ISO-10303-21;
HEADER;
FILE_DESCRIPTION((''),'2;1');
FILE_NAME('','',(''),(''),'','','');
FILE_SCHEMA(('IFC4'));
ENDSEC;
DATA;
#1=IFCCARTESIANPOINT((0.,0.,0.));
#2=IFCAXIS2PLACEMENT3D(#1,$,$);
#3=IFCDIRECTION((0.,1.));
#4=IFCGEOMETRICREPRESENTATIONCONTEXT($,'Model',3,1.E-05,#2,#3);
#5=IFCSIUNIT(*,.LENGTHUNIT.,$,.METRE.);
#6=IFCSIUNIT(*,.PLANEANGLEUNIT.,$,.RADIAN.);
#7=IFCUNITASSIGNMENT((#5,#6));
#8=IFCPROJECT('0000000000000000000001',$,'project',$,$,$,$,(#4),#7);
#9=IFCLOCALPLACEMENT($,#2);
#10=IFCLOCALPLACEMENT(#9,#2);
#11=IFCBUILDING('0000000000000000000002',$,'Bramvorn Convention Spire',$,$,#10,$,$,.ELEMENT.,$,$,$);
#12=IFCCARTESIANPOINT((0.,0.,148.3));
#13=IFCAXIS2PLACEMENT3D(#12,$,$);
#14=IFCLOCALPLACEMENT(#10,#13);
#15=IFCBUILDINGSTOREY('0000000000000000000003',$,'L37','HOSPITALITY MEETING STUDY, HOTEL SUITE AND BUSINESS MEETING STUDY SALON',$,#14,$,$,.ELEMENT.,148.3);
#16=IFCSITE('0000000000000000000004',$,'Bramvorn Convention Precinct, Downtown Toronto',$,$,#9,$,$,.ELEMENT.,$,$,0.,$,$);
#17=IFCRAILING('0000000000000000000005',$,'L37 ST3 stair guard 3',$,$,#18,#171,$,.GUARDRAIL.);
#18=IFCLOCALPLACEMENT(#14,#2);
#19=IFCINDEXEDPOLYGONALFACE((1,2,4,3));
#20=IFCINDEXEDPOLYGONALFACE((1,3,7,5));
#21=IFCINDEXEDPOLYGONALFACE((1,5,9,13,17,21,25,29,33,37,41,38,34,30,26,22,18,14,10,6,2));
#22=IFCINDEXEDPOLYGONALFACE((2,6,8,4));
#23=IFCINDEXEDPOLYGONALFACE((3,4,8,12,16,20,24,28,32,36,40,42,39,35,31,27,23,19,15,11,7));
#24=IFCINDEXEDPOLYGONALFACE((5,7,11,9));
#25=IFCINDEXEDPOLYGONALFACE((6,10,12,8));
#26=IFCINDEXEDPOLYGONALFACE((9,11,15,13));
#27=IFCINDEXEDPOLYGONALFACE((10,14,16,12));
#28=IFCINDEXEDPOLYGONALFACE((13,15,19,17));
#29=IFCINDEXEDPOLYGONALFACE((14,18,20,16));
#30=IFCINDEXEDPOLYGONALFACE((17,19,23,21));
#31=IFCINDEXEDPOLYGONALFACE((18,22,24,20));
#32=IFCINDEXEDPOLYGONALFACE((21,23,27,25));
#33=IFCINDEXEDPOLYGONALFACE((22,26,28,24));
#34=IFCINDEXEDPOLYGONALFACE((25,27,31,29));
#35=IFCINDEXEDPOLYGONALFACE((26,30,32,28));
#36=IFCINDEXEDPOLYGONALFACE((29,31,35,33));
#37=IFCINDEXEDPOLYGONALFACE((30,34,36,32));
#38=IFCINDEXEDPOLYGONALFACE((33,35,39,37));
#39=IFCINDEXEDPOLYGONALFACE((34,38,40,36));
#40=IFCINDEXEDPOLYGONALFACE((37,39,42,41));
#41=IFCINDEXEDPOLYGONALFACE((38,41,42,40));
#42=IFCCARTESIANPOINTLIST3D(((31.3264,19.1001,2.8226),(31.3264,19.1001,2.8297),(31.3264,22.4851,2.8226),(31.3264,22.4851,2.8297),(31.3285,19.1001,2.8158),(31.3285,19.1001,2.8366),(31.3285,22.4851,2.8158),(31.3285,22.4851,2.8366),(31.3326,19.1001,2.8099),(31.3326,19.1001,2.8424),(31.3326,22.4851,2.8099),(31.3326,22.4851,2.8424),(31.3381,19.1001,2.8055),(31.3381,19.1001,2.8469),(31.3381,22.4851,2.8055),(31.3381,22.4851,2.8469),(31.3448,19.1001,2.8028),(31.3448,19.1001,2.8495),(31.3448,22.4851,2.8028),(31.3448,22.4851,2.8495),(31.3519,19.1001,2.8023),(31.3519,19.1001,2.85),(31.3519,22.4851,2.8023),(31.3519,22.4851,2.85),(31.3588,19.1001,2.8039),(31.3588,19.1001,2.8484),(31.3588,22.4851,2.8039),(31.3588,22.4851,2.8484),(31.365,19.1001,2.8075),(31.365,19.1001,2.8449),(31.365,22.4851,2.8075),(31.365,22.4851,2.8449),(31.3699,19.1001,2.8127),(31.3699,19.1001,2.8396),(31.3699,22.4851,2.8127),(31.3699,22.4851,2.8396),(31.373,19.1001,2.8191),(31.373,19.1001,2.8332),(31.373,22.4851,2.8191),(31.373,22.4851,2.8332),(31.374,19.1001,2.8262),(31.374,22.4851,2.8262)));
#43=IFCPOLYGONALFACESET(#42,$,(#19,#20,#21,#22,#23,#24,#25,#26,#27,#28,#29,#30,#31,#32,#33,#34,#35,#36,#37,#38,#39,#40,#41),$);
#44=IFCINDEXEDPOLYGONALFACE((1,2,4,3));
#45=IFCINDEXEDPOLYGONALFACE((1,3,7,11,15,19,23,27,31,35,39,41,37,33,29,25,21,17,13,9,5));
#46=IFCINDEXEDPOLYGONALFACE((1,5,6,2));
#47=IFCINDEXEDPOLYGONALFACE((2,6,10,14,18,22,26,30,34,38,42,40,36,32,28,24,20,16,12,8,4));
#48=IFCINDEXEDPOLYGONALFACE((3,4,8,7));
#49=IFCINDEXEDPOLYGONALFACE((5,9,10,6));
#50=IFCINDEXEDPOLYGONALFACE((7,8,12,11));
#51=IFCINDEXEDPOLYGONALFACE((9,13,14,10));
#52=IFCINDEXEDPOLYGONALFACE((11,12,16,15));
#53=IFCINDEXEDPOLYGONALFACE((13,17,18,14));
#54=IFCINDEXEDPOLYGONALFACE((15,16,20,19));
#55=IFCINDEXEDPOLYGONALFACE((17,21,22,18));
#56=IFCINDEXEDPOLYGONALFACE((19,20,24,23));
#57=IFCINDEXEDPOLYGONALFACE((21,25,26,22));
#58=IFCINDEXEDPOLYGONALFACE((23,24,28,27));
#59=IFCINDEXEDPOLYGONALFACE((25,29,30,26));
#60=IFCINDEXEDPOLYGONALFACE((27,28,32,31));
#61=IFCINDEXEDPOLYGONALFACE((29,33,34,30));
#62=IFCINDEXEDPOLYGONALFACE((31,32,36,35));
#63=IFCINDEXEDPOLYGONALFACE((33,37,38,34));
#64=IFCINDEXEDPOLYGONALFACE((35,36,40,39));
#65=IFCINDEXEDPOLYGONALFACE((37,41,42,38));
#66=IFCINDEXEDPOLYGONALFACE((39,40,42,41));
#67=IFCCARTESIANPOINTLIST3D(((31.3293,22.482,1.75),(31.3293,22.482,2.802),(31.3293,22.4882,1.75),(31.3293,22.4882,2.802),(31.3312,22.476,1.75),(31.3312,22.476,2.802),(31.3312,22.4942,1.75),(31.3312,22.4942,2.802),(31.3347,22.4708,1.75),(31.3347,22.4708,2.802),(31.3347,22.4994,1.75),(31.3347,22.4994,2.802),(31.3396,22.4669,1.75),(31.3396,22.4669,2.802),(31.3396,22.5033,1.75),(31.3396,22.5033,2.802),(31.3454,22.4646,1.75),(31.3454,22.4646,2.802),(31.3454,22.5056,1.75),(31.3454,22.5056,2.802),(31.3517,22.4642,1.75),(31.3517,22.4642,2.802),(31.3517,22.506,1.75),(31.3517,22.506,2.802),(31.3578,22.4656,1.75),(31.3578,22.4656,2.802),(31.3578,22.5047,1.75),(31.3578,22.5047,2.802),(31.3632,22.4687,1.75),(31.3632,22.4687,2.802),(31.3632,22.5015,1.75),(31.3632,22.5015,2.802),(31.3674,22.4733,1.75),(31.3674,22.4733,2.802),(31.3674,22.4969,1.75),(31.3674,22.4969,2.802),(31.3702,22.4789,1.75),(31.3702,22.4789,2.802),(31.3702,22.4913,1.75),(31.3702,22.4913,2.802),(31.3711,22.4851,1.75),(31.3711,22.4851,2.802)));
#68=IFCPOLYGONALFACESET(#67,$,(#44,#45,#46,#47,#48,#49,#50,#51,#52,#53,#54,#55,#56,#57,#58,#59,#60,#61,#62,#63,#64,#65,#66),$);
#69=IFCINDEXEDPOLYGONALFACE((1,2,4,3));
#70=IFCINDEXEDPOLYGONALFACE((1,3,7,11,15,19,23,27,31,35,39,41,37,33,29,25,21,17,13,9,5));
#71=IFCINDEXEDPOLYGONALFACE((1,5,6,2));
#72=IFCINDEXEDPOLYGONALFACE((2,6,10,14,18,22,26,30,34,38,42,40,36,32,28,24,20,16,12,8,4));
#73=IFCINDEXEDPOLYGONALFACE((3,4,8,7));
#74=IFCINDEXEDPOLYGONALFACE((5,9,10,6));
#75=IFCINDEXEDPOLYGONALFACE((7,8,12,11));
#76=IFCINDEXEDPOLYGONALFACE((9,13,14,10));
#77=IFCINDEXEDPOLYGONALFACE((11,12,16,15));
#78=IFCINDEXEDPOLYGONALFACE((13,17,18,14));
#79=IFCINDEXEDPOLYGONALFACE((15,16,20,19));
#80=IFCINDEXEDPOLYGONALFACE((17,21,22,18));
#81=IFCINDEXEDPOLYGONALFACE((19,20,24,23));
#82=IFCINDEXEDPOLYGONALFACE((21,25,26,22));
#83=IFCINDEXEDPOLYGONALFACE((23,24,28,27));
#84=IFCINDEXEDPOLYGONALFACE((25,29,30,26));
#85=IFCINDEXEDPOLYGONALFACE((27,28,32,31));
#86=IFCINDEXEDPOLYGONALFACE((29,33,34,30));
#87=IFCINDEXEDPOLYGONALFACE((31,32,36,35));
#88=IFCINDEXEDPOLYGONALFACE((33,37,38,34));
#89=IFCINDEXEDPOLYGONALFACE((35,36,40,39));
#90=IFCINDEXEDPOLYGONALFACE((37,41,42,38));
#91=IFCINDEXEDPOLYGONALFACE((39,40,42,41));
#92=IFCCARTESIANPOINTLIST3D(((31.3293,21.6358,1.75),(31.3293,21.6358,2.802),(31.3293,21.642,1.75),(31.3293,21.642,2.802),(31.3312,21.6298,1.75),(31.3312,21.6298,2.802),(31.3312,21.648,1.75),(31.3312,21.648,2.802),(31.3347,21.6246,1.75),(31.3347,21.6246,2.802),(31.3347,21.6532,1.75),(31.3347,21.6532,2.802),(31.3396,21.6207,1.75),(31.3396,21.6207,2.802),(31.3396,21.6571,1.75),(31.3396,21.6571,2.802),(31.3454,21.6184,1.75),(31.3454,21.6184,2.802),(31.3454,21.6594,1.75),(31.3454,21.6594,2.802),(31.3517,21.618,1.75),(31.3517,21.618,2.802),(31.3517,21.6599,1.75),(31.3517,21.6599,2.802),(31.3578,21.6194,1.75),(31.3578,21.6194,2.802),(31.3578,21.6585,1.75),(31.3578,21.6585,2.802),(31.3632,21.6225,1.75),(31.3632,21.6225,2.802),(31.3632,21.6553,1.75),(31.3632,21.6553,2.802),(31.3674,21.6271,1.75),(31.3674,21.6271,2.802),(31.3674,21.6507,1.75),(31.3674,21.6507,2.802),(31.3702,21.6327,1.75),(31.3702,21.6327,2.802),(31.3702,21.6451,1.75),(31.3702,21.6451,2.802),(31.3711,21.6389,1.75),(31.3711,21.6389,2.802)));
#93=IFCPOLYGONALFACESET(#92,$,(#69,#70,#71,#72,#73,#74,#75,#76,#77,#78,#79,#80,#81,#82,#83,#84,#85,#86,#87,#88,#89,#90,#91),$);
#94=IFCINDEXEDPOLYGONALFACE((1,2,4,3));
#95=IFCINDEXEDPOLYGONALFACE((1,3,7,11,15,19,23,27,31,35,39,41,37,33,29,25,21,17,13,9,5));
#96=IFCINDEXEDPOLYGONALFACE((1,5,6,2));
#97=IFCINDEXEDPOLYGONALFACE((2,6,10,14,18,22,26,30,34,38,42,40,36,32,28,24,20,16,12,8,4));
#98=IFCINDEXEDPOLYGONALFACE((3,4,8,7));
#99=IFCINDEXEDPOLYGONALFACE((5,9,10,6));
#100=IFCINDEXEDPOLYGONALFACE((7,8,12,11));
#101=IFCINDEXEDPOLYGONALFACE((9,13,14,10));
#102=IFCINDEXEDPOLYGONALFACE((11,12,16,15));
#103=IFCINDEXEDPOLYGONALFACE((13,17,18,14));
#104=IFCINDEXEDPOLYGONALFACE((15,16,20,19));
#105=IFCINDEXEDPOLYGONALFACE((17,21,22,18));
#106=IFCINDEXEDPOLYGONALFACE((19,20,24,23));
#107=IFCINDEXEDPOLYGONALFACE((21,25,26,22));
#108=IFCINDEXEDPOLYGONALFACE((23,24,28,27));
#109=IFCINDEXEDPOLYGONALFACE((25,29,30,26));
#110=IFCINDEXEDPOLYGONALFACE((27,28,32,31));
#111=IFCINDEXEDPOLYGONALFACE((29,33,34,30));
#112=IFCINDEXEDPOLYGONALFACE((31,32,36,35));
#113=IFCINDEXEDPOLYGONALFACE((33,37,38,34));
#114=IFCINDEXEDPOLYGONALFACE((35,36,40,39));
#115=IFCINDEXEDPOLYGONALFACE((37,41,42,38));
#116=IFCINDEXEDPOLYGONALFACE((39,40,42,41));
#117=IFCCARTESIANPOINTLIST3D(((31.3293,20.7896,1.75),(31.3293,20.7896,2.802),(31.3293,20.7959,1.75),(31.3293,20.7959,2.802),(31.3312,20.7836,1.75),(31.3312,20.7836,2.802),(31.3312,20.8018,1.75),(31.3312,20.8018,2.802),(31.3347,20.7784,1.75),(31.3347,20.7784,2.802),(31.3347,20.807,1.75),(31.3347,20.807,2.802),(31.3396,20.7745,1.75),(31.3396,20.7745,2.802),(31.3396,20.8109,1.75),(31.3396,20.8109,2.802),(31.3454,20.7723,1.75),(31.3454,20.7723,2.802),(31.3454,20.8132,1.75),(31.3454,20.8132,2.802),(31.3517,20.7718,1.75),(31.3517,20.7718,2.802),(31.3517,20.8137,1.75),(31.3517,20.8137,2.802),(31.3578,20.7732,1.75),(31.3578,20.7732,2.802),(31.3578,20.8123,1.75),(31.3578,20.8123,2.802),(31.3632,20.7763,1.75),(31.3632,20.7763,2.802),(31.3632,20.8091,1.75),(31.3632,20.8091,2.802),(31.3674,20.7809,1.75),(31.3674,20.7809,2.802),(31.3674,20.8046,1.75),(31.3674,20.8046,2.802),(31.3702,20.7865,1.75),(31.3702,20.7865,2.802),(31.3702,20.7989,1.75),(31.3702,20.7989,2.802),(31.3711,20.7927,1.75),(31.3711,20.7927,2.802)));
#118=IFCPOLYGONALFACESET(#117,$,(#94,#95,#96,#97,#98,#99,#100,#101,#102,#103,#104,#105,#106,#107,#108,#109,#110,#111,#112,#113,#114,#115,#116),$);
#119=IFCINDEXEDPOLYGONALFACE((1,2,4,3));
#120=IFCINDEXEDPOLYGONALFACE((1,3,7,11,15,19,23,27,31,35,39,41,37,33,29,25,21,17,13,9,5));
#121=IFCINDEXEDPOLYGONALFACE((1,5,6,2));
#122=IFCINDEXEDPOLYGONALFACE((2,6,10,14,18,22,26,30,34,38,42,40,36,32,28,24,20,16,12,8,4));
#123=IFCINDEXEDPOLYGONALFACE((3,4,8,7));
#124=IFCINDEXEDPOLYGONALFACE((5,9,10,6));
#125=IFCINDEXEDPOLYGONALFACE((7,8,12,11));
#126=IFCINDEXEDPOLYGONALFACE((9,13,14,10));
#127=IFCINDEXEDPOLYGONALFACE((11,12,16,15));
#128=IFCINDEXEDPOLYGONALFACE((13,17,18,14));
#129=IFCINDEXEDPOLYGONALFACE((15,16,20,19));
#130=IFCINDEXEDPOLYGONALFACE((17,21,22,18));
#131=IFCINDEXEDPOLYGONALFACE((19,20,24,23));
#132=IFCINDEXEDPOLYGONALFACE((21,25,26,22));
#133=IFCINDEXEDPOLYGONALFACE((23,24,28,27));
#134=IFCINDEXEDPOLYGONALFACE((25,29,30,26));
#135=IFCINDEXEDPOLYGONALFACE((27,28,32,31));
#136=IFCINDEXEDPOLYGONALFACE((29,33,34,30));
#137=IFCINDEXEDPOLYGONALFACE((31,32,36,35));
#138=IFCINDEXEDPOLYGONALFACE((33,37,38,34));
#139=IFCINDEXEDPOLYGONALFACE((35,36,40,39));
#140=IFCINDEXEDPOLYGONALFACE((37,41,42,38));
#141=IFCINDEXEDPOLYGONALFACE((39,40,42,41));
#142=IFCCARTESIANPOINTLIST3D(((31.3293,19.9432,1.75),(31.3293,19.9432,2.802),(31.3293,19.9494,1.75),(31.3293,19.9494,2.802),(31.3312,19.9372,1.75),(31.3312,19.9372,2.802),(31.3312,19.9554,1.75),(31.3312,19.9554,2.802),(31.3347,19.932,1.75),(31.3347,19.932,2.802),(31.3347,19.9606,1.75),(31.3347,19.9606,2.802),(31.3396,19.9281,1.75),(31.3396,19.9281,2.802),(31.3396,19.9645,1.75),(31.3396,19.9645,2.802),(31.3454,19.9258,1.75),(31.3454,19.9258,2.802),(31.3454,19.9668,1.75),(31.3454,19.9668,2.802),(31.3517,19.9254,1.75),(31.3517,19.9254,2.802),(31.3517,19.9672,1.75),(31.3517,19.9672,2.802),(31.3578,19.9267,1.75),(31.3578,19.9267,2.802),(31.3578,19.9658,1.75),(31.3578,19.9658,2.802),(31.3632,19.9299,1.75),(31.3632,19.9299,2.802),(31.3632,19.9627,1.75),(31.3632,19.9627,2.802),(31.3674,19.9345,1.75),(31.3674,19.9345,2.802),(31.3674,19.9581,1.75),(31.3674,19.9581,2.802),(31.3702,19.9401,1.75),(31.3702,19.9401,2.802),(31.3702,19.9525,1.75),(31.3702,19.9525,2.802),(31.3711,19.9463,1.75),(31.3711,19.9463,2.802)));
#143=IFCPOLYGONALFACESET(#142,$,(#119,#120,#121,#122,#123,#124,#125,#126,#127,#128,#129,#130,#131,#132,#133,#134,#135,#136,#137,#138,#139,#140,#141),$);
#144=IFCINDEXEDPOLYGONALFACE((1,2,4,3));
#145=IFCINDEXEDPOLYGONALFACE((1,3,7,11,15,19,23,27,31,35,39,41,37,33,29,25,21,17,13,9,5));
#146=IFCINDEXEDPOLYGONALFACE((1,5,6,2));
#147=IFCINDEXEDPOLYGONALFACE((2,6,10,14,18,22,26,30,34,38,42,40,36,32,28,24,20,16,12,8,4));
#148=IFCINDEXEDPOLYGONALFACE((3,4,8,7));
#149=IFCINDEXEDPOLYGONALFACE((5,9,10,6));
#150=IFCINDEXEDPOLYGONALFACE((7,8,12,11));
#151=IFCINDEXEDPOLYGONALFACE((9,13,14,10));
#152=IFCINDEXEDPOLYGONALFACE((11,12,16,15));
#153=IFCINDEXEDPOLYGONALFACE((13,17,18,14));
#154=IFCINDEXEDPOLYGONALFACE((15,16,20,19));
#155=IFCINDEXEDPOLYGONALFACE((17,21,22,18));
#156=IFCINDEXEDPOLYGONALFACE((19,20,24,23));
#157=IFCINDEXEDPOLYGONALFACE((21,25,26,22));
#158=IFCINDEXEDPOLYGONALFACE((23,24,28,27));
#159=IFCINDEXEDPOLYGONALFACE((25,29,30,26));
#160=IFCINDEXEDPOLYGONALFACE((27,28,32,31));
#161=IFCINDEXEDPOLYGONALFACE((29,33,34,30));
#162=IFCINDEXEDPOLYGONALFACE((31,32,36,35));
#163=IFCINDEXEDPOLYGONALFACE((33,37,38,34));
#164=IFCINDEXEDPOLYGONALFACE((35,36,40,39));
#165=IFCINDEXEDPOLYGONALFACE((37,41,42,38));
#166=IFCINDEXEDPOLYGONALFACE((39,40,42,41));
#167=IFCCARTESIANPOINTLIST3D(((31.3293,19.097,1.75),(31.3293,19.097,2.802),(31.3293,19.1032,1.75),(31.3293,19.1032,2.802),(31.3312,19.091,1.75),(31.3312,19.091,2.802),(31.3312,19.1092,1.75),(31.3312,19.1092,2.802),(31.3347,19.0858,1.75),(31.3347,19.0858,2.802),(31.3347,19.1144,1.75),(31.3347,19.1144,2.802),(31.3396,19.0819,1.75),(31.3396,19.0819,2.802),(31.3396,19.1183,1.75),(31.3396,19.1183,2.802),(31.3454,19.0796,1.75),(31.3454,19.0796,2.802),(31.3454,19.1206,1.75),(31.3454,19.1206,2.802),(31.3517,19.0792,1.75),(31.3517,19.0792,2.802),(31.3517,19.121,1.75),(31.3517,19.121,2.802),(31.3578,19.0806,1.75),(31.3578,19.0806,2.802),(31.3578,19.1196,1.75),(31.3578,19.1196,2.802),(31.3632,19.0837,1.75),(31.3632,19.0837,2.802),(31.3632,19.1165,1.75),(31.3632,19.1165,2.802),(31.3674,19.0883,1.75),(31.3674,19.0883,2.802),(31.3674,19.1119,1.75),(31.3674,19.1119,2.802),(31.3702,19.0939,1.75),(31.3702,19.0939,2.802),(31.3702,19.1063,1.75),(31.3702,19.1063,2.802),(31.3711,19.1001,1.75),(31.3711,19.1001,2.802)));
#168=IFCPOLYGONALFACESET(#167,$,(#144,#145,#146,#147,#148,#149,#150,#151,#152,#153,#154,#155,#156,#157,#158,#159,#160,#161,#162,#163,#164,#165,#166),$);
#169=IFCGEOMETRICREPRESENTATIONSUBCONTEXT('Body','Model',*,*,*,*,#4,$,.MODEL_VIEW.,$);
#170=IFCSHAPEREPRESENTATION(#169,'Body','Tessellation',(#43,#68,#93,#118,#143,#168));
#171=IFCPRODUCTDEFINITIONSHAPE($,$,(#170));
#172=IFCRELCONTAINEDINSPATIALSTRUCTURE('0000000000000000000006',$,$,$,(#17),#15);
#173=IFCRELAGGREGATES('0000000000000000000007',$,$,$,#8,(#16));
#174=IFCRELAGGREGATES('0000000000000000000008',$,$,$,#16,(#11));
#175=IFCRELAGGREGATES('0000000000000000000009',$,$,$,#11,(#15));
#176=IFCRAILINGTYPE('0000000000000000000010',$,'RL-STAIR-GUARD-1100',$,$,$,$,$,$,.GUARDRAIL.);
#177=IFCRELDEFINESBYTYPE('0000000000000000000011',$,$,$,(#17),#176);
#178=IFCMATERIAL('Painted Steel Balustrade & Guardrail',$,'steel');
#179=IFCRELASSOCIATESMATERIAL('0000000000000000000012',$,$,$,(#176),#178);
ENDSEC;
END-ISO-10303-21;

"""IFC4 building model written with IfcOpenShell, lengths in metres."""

from ifc_helpers import new_model, si_unit, direction, frame, origin, origin_2d, place, context, subcontext, project, spatial, circle, extrude, material, type_object, element, save


model = new_model("IFC4")

# Units and contexts
model_context = context("Model", 3, precision=1e-05, world=origin(), true_north=direction((0.0, 1.0)))
body_context = subcontext(model_context, "Body", "Model", "MODEL_VIEW")
ifc_project = project(units=[si_unit("LENGTHUNIT", "METRE"), si_unit("PLANEANGLEUNIT", "RADIAN")], contexts=[model_context])

# Site, building, storey
site_placement = place(None, origin())
site = spatial("IfcSite", under=ifc_project, at=site_placement, Name="Bramvorn Convention Precinct, Downtown Toronto", CompositionType="ELEMENT", RefElevation=0.0)
building_placement = place(site_placement, origin())
building = spatial("IfcBuilding", under=site, at=building_placement, Name="Bramvorn Convention Spire", CompositionType="ELEMENT")
storey_placement = place(building_placement, frame((0.0, 0.0, 148.3)))
storey = spatial("IfcBuildingStorey", under=building, at=storey_placement, Name="L37", Description="HOSPITALITY MEETING STUDY, HOTEL SUITE AND BUSINESS MEETING STUDY SALON", CompositionType="ELEMENT", Elevation=148.3)

# Railing
ifc_material_1 = material(Name="Painted Steel Balustrade & Guardrail", Category="steel")
railing_type_1 = type_object("IfcRailingType", Name="RL-STAIR-GUARD-1100", PredefinedType="GUARDRAIL", material=ifc_material_1)
for number, where, name in (
    (1, (31.3501, 22.4851, 1.75), "L37 ST3 stair guard 3"),
):
    element("IfcRailing", number, at=place(storey_placement, frame(where)), inside=storey, type_object=railing_type_1, Name=name, PredefinedType="GUARDRAIL", context=body_context, shape_type="SweptSolid", body=[
        extrude(circle(Radius=0.0239, at=origin_2d()), frame((0.0, 0.0, 1.0762), z_axis=(0.0, -1.0, 0.0), x_axis=(1.0, 0.0, 0.0)), (0.0, 0.0, 1.0), 3.385),
        extrude(circle(Radius=0.021, at=origin_2d()), origin(), (0.0, 0.0, 1.0), 1.052),
        extrude(circle(Radius=0.021, at=origin_2d()), frame((0.0, -0.8462, 0.0)), (0.0, 0.0, 1.0), 1.052),
        extrude(circle(Radius=0.021, at=origin_2d()), frame((0.0, -1.6924, 0.0)), (0.0, 0.0, 1.0), 1.052),
        extrude(circle(Radius=0.021, at=origin_2d()), frame((0.0, -2.5388, 0.0)), (0.0, 0.0, 1.0), 1.052),
        extrude(circle(Radius=0.021, at=origin_2d()), frame((0.0, -3.385, 0.0)), (0.0, 0.0, 1.0), 1.052),
    ])

save(model, "model.ifc")
